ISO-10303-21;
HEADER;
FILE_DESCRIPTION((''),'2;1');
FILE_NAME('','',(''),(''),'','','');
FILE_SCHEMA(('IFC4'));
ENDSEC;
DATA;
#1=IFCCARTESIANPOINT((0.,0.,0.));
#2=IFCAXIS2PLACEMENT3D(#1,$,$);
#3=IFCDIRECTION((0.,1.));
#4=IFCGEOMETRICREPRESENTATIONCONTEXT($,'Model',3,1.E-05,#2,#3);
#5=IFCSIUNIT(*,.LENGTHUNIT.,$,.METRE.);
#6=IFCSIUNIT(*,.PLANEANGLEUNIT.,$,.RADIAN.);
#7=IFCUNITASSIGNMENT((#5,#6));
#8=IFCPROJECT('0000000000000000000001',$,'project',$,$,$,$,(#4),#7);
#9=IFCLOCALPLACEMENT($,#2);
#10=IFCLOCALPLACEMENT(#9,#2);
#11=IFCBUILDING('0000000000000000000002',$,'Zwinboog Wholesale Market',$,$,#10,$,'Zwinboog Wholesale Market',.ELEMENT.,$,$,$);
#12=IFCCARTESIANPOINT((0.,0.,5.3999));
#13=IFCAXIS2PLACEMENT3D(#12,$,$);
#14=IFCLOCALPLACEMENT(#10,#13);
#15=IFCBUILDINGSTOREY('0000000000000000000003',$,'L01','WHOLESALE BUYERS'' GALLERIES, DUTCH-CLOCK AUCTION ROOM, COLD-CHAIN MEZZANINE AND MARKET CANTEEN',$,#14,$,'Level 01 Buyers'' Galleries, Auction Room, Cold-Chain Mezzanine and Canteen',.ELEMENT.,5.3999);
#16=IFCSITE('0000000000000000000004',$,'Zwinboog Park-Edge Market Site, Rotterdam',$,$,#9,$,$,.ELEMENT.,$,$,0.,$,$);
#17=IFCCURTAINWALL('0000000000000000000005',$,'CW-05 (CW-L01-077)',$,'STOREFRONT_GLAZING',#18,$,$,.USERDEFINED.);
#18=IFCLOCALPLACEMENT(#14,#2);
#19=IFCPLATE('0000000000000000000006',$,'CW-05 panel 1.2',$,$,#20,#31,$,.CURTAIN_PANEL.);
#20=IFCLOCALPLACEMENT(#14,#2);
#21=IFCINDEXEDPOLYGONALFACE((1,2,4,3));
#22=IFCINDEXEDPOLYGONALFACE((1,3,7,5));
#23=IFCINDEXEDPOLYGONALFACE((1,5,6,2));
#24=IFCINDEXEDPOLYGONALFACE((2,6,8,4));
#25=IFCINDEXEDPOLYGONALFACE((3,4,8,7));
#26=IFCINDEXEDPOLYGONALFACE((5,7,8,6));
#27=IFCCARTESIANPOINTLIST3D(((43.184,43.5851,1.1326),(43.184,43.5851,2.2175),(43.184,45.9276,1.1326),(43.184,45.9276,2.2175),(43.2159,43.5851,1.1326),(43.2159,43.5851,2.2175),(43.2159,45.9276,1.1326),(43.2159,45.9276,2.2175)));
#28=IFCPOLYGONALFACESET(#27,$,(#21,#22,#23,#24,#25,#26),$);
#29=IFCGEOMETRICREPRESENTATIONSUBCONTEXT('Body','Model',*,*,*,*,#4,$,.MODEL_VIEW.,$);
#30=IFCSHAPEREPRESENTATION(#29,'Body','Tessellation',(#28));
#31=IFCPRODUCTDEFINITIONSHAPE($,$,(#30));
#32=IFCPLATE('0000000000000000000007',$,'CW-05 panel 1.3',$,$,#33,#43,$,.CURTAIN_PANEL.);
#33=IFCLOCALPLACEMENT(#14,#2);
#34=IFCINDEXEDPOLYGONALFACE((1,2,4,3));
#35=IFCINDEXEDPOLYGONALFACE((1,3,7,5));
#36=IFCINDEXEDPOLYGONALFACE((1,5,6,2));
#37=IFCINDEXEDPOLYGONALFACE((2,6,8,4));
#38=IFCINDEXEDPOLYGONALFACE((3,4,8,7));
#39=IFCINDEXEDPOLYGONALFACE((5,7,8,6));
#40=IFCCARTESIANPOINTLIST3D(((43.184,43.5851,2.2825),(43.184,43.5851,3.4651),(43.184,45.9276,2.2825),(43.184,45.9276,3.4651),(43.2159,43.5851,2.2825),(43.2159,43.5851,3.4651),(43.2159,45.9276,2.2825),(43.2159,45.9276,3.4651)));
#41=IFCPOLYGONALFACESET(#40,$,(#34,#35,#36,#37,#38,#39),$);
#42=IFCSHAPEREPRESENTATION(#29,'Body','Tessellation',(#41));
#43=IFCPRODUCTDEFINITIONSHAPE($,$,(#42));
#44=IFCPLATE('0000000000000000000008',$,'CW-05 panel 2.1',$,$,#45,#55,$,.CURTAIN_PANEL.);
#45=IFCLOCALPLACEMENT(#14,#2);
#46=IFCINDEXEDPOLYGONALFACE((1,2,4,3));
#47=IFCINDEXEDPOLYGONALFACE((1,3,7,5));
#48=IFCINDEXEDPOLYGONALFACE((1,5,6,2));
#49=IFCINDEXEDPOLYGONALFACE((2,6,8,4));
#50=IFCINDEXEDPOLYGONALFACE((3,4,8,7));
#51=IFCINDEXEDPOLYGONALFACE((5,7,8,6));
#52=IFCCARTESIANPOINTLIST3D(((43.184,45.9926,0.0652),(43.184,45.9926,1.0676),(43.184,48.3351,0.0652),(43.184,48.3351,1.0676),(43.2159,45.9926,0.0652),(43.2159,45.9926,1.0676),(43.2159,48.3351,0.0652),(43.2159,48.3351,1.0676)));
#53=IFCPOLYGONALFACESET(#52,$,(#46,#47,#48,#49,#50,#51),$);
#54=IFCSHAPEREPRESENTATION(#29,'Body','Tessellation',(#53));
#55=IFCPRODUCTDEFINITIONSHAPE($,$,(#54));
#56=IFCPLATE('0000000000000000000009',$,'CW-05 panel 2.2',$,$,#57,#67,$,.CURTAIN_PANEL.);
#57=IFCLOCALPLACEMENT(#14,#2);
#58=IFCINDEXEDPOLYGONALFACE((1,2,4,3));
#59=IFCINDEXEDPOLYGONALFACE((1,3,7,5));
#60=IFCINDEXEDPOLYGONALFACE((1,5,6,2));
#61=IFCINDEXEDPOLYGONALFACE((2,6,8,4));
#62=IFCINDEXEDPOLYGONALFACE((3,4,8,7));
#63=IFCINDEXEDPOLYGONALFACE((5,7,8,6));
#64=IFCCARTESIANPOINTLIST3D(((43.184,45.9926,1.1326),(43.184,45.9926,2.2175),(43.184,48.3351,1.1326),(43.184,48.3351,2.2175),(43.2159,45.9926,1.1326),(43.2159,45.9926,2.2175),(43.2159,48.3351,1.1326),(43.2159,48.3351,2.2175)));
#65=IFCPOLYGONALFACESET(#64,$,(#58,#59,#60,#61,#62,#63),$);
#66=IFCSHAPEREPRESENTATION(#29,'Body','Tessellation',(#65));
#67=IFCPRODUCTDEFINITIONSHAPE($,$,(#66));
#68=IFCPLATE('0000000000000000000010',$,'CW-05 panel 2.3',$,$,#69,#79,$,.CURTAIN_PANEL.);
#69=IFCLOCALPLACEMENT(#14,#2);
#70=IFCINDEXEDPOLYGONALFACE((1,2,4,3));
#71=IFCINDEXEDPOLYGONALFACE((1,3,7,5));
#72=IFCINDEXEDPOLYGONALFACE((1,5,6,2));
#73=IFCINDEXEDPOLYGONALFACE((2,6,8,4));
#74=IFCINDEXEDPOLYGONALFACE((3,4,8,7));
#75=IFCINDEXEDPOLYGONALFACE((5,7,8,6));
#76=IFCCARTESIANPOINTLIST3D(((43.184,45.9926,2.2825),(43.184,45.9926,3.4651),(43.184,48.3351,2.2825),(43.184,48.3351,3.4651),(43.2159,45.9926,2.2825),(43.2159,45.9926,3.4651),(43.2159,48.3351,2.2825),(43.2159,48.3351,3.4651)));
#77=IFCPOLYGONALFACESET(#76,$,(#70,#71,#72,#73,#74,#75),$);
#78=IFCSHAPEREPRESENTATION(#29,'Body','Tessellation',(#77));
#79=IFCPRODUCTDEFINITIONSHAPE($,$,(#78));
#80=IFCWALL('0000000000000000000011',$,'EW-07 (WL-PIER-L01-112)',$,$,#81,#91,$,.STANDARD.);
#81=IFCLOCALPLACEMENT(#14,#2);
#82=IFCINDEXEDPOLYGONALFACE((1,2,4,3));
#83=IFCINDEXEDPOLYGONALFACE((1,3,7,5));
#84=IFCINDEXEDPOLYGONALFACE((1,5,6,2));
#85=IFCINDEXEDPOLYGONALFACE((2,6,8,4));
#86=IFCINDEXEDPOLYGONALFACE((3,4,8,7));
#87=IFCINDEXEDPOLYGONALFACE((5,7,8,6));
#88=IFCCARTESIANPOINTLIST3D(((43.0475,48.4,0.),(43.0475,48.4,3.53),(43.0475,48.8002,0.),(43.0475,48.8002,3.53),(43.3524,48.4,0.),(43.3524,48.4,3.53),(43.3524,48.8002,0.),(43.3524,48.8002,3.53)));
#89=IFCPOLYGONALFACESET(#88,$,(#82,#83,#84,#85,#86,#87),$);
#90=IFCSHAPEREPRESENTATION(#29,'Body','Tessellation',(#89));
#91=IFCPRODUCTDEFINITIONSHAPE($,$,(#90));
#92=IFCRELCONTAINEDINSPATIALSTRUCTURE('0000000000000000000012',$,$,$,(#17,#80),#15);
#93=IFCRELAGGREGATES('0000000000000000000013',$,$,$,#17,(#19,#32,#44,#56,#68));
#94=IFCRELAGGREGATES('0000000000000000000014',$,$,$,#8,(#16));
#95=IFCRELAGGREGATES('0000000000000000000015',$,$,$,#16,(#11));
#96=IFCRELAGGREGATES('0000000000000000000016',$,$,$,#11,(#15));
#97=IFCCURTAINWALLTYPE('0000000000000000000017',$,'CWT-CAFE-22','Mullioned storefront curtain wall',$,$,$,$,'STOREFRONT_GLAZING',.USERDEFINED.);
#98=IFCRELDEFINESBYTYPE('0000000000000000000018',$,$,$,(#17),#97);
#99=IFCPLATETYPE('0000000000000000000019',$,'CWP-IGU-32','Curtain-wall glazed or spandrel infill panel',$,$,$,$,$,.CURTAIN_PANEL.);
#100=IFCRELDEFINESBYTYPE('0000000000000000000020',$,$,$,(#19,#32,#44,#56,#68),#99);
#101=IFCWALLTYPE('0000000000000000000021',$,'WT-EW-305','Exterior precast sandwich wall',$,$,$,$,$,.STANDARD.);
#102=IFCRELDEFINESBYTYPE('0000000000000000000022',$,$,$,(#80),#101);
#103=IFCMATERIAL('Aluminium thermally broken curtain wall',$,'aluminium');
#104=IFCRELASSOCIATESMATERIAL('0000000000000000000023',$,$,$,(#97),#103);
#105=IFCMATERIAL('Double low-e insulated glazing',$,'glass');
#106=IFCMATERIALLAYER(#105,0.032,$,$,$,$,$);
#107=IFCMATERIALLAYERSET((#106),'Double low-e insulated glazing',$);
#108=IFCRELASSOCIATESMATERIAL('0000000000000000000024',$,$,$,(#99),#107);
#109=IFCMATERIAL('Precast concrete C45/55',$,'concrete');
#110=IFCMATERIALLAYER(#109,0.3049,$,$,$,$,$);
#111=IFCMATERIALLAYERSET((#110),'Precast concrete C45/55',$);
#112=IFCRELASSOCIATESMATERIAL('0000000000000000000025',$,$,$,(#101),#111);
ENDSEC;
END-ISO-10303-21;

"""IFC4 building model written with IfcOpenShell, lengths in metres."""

from ifc_helpers import new_model, si_unit, direction, frame, frame_2d, origin, origin_2d, place, context, subcontext, project, spatial, rectangle, extrude, material, layer, layer_set, type_object, element, aggregate, save


model = new_model("IFC4")

# Units and contexts
model_context = context("Model", 3, precision=1e-05, world=origin(), true_north=direction((0.0, 1.0)))
body_context = subcontext(model_context, "Body", "Model", "MODEL_VIEW")
ifc_project = project(units=[si_unit("LENGTHUNIT", "METRE"), si_unit("PLANEANGLEUNIT", "RADIAN")], contexts=[model_context])

# Site, building, storey
site_placement = place(None, origin())
site = spatial("IfcSite", under=ifc_project, at=site_placement, Name="Zwinboog Park-Edge Market Site, Rotterdam", CompositionType="ELEMENT", RefElevation=0.0)
building_placement = place(site_placement, origin())
building = spatial("IfcBuilding", under=site, at=building_placement, Name="Zwinboog Wholesale Market", LongName="Zwinboog Wholesale Market", CompositionType="ELEMENT")
storey_placement = place(building_placement, frame((0.0, 0.0, 5.3999)))
storey = spatial("IfcBuildingStorey", under=building, at=storey_placement, Name="L01", Description="WHOLESALE BUYERS' GALLERIES, DUTCH-CLOCK AUCTION ROOM, COLD-CHAIN MEZZANINE AND MARKET CANTEEN", LongName="Level 01 Buyers' Galleries, Auction Room, Cold-Chain Mezzanine and Canteen", CompositionType="ELEMENT", Elevation=5.3999)

# Shared definitions
ifc_material_1 = material(Name="Precast concrete C45/55", Category="concrete")

# Curtain wall
ifc_material_2 = material(Name="Aluminium thermally broken curtain wall", Category="aluminium")
curtain_wall_type_1 = type_object("IfcCurtainWallType", Name="CWT-CAFE-22", Description="Mullioned storefront curtain wall", ElementType="STOREFRONT_GLAZING", PredefinedType="USERDEFINED", material=ifc_material_2)
curtain_wall_1_placement = place(storey_placement, origin())
curtain_wall_1 = element("IfcCurtainWall", 1, at=curtain_wall_1_placement, inside=storey, type_object=curtain_wall_type_1, Name="CW-05 (CW-L01-077)", ObjectType="STOREFRONT_GLAZING", PredefinedType="USERDEFINED")

# Plates
ifc_material_3 = material(Name="Double low-e insulated glazing", Category="glass")
ifc_layer_1 = layer(ifc_material_3, 0.032)
ifc_layer_set_1 = layer_set([ifc_layer_1], Name="Double low-e insulated glazing")
plate_type = type_object("IfcPlateType", Name="CWP-IGU-32", Description="Curtain-wall glazed or spandrel infill panel", PredefinedType="CURTAIN_PANEL", material=ifc_layer_set_1)
plate_1_placement = place(storey_placement, frame((43.2, 44.7563, 1.1326), z_axis=(0.0, 0.0, 1.0), x_axis=(0.0, 1.0, 0.0)))
plate_1 = element("IfcPlate", 2, at=plate_1_placement, type_object=plate_type, Name="CW-05 panel 1.2", PredefinedType="CURTAIN_PANEL", context=body_context, shape_type="SweptSolid", body=[
    extrude(rectangle(XDim=2.3425, YDim=0.032, at=origin_2d()), origin(), (0.0, 0.0, 1.0), 1.085),
])
plate_2_placement = place(storey_placement, frame((43.2, 44.7563, 2.2825), z_axis=(0.0, 0.0, 1.0), x_axis=(0.0, 1.0, 0.0)))
plate_2 = element("IfcPlate", 3, at=plate_2_placement, type_object=plate_type, Name="CW-05 panel 1.3", PredefinedType="CURTAIN_PANEL", context=body_context, shape_type="SweptSolid", body=[
    extrude(rectangle(XDim=2.3425, YDim=0.032, at=origin_2d()), origin(), (0.0, 0.0, 1.0), 1.1826),
])
plate_3_placement = place(storey_placement, frame((43.2, 47.1638, 0.0652), z_axis=(0.0, 0.0, 1.0), x_axis=(0.0, 1.0, 0.0)))
plate_3 = element("IfcPlate", 4, at=plate_3_placement, type_object=plate_type, Name="CW-05 panel 2.1", PredefinedType="CURTAIN_PANEL", context=body_context, shape_type="SweptSolid", body=[
    extrude(rectangle(XDim=2.3425, YDim=0.032, at=origin_2d()), origin(), (0.0, 0.0, 1.0), 1.0024),
])
plate_4_placement = place(storey_placement, frame((43.2, 47.1638, 1.1326), z_axis=(0.0, 0.0, 1.0), x_axis=(0.0, 1.0, 0.0)))
plate_4 = element("IfcPlate", 5, at=plate_4_placement, type_object=plate_type, Name="CW-05 panel 2.2", PredefinedType="CURTAIN_PANEL", context=body_context, shape_type="SweptSolid", body=[
    extrude(rectangle(XDim=2.3425, YDim=0.032, at=origin_2d()), origin(), (0.0, 0.0, 1.0), 1.085),
])
plate_5_placement = place(storey_placement, frame((43.2, 47.1638, 2.2825), z_axis=(0.0, 0.0, 1.0), x_axis=(0.0, 1.0, 0.0)))
plate_5 = element("IfcPlate", 6, at=plate_5_placement, type_object=plate_type, Name="CW-05 panel 2.3", PredefinedType="CURTAIN_PANEL", context=body_context, shape_type="SweptSolid", body=[
    extrude(rectangle(XDim=2.3425, YDim=0.032, at=origin_2d()), origin(), (0.0, 0.0, 1.0), 1.1826),
])
aggregate(curtain_wall_1, [plate_1, plate_2, plate_3, plate_4, plate_5])

# Wall
ifc_layer_2 = layer(ifc_material_1, 0.3049)
ifc_layer_set_2 = layer_set([ifc_layer_2], Name="Precast concrete C45/55")
wall_type = type_object("IfcWallType", Name="WT-EW-305", Description="Exterior precast sandwich wall", PredefinedType="STANDARD", material=ifc_layer_set_2)
wall_placement = place(storey_placement, frame((43.2, 48.3999, 0.0), z_axis=(0.0, 0.0, 1.0), x_axis=(0.0, 1.0, 0.0)))
element("IfcWall", 7, at=wall_placement, inside=storey, type_object=wall_type, Name="EW-07 (WL-PIER-L01-112)", PredefinedType="STANDARD", context=body_context, shape_type="SweptSolid", body=[
    extrude(rectangle(XDim=0.4001, YDim=0.3049, at=frame_2d((0.2002, 0.0))), origin(), (0.0, 0.0, 1.0), 3.53),
])

save(model, "model.ifc")
